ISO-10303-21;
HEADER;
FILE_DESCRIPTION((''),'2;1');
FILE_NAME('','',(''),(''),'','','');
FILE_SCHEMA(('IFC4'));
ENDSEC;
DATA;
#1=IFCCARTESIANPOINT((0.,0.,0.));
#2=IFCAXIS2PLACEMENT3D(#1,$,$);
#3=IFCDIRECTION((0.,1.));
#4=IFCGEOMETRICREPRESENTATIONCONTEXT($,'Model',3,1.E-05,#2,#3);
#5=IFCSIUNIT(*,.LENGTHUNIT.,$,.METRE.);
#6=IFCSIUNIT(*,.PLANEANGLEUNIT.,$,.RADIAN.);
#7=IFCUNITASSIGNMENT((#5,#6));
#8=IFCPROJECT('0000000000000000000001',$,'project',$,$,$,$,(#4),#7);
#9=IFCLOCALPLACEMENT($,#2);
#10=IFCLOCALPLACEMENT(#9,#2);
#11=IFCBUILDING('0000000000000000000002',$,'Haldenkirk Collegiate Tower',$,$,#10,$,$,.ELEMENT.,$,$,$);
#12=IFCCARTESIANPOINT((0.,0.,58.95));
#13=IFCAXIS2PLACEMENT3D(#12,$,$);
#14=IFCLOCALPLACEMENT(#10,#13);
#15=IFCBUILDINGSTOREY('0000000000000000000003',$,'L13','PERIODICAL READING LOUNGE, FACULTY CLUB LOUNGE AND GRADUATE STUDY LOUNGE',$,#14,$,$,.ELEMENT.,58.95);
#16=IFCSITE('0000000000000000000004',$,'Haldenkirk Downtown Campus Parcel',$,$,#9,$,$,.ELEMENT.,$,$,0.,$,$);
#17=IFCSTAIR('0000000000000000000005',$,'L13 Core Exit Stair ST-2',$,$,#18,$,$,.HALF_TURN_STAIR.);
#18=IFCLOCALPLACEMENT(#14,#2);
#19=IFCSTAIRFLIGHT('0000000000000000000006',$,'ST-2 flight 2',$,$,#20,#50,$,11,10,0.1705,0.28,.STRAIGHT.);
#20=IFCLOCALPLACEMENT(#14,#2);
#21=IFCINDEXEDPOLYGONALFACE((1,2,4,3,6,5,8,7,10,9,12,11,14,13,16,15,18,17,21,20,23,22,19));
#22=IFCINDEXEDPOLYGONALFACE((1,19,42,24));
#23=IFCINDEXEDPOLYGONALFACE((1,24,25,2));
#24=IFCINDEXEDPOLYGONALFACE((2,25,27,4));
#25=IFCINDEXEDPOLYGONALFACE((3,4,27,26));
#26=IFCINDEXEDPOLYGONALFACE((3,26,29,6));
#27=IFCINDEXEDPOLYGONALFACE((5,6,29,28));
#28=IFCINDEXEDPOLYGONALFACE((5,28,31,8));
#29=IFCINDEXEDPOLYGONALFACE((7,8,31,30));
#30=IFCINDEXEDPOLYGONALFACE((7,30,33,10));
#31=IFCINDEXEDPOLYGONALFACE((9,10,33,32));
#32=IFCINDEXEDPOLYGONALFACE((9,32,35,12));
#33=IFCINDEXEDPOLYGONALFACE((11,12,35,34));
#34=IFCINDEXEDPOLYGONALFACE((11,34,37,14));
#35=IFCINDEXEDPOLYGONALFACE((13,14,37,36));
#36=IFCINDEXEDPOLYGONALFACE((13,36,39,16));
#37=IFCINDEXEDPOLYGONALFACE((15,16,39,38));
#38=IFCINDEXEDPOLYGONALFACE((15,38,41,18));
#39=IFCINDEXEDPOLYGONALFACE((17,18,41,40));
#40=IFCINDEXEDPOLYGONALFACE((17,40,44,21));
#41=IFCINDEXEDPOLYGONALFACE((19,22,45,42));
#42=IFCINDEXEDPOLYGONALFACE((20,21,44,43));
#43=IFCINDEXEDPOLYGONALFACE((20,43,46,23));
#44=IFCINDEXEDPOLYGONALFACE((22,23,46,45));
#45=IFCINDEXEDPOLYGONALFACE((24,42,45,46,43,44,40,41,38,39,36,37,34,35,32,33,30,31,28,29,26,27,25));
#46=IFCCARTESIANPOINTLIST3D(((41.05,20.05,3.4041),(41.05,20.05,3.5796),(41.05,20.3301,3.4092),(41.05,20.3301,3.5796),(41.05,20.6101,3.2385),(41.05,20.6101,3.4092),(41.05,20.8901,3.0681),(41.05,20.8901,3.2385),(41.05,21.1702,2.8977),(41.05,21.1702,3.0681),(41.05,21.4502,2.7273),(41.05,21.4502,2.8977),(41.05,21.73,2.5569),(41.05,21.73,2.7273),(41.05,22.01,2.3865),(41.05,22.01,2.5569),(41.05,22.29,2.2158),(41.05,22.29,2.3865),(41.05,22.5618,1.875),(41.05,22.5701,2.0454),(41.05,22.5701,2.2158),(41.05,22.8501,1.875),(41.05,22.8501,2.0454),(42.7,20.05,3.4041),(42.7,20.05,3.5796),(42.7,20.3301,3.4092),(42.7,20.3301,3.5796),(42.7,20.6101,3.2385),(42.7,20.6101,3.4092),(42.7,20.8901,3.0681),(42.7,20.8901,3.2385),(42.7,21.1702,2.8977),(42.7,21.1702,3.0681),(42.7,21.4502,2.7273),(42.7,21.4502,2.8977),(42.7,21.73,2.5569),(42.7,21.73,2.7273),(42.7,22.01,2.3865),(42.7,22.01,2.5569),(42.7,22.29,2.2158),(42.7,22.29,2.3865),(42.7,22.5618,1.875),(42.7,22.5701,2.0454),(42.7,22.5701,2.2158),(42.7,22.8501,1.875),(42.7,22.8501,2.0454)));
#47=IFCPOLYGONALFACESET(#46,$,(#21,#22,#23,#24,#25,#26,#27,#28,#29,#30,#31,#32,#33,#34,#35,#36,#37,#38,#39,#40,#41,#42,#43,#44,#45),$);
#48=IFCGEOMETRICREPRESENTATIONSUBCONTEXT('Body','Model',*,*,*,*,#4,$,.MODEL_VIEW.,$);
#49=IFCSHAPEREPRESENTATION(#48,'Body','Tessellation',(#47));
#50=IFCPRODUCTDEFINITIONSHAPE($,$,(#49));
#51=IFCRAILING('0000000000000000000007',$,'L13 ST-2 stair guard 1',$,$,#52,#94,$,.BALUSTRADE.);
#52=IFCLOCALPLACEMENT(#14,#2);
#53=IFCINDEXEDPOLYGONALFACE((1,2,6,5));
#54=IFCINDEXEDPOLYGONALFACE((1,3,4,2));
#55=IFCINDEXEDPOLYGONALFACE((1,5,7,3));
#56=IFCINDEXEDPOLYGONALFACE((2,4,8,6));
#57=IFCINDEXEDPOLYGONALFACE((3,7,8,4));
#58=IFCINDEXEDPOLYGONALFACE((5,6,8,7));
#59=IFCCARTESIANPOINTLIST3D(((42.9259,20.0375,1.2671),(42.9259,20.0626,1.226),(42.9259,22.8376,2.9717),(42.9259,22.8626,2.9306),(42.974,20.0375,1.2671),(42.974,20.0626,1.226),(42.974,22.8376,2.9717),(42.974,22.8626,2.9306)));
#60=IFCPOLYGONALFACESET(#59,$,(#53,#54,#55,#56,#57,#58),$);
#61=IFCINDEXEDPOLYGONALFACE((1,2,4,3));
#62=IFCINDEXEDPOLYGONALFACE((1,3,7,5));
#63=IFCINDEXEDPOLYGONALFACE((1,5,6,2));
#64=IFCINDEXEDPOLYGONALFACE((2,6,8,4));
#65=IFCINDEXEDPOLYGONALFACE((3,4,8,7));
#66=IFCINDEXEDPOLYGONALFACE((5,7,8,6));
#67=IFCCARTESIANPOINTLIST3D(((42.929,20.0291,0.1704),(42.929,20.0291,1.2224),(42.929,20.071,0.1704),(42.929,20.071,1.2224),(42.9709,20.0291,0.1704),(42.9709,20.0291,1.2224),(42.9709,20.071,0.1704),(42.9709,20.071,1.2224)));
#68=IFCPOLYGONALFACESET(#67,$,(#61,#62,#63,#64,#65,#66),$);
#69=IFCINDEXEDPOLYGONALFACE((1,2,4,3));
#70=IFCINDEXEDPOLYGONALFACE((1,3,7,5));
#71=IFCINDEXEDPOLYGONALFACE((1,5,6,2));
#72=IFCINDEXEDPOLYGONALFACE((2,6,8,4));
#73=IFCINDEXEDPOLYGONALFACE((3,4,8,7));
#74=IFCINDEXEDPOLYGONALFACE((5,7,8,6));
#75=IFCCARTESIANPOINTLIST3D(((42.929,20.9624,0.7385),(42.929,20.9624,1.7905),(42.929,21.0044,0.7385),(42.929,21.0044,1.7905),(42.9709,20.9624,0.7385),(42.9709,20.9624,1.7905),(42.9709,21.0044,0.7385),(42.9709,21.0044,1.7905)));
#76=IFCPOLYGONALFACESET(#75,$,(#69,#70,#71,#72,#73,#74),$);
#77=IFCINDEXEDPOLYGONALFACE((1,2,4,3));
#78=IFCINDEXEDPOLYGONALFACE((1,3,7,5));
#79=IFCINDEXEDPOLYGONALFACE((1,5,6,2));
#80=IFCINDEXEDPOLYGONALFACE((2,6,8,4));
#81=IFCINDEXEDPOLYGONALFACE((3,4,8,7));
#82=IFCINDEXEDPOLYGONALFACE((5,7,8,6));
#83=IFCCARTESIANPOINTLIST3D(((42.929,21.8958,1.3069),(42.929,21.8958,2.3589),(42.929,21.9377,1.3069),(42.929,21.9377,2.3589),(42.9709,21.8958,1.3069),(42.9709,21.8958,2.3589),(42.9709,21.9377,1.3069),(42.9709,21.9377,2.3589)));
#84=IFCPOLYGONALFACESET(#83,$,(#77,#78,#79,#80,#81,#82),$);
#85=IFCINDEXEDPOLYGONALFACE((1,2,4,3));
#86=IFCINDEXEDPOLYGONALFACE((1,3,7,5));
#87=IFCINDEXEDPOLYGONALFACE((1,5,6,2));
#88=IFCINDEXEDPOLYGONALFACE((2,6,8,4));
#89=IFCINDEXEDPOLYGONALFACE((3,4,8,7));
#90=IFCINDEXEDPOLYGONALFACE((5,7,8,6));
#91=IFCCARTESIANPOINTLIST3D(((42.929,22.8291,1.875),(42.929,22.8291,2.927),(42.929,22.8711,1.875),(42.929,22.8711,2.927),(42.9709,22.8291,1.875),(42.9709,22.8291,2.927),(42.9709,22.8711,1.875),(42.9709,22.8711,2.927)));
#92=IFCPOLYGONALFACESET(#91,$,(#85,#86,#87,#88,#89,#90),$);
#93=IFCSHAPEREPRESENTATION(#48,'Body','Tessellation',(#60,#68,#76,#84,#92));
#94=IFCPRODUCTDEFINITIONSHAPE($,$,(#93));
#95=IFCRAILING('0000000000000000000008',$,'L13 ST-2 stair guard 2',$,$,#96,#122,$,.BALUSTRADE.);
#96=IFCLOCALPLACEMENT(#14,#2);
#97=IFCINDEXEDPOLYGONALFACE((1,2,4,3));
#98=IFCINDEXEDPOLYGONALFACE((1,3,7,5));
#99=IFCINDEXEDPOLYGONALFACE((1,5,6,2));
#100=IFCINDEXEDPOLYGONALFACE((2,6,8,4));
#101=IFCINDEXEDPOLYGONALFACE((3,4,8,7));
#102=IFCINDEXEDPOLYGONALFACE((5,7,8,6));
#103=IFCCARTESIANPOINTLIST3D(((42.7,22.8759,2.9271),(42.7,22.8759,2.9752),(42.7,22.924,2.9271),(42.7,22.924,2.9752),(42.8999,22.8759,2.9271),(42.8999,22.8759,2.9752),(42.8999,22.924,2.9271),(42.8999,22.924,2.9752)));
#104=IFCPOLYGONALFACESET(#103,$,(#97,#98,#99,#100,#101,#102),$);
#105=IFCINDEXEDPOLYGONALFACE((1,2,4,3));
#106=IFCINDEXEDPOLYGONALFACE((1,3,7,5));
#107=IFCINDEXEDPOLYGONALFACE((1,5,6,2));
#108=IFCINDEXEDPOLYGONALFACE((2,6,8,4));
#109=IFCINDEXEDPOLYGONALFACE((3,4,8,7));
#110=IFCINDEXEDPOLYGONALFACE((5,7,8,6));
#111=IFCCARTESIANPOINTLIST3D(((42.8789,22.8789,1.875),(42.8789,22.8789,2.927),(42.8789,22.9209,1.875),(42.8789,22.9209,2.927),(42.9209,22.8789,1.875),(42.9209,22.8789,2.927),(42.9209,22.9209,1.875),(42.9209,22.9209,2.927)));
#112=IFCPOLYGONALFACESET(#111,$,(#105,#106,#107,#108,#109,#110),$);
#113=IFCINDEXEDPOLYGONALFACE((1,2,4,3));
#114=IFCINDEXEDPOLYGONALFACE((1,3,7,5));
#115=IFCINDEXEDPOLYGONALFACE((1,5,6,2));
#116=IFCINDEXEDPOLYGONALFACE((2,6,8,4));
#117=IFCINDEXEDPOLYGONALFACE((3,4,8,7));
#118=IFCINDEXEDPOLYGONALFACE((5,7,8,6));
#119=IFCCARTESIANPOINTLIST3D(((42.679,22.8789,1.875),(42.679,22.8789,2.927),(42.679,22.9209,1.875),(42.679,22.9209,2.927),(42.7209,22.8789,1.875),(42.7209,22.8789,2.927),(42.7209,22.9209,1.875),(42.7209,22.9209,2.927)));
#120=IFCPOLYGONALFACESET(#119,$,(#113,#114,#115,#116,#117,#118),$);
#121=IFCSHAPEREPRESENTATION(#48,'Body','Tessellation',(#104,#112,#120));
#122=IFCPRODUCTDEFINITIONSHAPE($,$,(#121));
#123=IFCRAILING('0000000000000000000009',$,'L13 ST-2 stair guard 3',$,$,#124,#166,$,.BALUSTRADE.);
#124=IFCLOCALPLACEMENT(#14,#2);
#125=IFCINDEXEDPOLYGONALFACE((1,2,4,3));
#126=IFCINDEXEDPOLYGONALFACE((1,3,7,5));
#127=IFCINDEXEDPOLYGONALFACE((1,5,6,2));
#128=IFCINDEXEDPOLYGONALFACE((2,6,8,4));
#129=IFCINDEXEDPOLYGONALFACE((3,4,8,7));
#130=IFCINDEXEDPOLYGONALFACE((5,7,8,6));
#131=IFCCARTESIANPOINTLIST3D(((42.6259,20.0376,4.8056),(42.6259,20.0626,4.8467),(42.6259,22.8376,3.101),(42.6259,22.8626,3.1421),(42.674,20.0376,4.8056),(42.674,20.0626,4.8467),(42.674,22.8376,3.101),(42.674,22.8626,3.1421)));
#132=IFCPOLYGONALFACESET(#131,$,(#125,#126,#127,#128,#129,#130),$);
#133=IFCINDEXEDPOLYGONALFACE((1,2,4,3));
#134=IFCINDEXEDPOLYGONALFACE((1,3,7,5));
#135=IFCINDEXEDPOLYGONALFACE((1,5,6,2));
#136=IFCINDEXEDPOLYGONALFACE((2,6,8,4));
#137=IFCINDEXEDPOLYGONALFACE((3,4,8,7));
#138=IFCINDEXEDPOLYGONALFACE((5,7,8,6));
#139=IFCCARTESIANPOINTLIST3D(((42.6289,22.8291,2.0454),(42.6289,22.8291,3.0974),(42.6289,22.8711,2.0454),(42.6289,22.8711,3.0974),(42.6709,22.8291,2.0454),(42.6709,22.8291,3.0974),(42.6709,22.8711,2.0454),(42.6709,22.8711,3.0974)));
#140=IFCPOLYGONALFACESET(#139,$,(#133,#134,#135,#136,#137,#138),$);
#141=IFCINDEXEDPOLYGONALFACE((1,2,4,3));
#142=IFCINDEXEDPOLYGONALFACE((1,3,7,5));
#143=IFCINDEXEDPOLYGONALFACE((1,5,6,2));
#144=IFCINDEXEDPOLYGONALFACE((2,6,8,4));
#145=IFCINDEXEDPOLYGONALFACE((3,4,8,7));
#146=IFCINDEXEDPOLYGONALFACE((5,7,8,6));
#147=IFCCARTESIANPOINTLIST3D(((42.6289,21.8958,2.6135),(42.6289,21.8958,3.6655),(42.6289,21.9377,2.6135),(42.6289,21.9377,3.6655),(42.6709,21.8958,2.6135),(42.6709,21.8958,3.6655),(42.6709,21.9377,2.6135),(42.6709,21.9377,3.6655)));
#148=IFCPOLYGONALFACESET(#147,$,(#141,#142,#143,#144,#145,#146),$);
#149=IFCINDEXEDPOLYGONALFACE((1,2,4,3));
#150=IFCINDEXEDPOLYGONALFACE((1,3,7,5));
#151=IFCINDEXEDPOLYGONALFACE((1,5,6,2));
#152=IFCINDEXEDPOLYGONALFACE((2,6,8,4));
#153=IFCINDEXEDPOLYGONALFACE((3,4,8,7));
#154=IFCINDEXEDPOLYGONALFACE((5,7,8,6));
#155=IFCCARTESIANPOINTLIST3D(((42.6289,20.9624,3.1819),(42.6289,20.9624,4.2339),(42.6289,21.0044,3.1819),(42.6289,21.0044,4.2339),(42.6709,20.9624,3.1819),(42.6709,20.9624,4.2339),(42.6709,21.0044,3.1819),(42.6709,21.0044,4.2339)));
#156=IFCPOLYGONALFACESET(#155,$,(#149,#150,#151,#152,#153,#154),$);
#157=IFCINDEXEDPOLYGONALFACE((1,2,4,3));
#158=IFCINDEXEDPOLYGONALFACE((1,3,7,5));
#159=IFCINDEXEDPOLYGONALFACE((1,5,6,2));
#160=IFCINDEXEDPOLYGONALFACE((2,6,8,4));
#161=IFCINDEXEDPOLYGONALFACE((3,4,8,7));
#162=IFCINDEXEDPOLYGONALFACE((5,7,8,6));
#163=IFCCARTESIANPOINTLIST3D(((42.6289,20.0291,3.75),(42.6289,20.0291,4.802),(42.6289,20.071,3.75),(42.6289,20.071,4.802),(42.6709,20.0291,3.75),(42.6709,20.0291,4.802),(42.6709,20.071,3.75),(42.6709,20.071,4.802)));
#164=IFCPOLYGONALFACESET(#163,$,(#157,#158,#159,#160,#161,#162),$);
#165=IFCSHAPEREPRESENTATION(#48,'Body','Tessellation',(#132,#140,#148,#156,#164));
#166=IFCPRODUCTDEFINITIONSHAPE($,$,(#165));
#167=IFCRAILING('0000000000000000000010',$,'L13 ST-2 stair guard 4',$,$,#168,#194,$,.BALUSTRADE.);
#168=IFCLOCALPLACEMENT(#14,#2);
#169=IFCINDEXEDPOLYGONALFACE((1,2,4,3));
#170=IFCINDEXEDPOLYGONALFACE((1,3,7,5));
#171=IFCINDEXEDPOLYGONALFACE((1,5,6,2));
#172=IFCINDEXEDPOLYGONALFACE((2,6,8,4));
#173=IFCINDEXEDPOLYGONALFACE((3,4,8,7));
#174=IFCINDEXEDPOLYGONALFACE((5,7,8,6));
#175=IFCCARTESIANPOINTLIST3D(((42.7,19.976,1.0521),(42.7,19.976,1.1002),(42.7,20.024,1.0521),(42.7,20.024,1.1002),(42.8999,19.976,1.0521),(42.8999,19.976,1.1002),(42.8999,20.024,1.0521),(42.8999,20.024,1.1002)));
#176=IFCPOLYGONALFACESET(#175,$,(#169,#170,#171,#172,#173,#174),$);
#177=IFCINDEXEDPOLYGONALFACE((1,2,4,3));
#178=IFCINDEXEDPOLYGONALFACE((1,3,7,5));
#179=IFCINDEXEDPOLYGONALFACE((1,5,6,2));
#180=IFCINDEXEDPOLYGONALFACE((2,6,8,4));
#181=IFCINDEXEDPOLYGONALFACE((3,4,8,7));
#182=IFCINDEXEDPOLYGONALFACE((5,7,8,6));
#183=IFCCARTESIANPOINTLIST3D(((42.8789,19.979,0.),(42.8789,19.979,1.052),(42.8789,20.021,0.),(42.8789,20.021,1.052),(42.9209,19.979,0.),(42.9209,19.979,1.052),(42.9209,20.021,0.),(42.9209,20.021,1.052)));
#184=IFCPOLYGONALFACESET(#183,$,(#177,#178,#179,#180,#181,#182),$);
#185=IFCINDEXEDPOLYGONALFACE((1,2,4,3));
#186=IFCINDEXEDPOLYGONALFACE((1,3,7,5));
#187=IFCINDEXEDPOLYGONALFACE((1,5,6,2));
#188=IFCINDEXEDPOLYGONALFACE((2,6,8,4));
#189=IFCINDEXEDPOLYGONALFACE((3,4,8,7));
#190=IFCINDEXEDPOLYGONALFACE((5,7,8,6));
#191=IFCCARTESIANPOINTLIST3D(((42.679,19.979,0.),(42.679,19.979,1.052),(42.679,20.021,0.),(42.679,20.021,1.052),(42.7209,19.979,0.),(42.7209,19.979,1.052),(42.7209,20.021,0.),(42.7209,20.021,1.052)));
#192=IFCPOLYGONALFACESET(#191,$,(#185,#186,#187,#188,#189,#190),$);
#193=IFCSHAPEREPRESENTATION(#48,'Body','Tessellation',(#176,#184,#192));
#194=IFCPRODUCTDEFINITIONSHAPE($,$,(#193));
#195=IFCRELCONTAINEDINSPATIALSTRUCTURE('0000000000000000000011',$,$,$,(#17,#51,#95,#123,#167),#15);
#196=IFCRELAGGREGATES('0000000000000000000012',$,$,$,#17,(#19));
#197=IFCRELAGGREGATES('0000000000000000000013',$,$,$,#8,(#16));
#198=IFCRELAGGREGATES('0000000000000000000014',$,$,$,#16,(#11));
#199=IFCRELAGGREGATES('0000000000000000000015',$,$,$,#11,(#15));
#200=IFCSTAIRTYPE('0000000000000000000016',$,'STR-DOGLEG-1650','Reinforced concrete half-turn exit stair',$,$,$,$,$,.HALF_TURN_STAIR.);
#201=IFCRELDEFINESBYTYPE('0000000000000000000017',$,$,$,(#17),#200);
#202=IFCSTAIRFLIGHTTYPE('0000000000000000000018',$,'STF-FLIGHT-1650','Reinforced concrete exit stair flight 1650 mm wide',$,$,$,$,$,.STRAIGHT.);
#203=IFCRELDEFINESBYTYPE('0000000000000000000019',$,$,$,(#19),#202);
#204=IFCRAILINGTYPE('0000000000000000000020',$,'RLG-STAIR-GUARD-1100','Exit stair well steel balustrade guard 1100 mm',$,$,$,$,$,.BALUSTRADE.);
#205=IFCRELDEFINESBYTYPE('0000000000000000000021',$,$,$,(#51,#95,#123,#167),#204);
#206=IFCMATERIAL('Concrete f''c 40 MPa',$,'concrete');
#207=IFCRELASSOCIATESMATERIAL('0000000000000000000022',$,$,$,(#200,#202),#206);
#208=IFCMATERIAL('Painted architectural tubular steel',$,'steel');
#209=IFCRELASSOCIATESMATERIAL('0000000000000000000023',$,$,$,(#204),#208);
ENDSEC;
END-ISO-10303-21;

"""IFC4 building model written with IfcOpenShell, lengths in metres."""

from ifc_helpers import new_model, si_unit, direction, frame, origin, origin_2d, place, context, subcontext, project, spatial, polyline, rectangle, outline, extrude, material, type_object, element, aggregate, save


model = new_model("IFC4")

# Units and contexts
model_context = context("Model", 3, precision=1e-05, world=origin(), true_north=direction((0.0, 1.0)))
body_context = subcontext(model_context, "Body", "Model", "MODEL_VIEW")
ifc_project = project(units=[si_unit("LENGTHUNIT", "METRE"), si_unit("PLANEANGLEUNIT", "RADIAN")], contexts=[model_context])

# Site, building, storey
site_placement = place(None, origin())
site = spatial("IfcSite", under=ifc_project, at=site_placement, Name="Haldenkirk Downtown Campus Parcel", CompositionType="ELEMENT", RefElevation=0.0)
building_placement = place(site_placement, origin())
building = spatial("IfcBuilding", under=site, at=building_placement, Name="Haldenkirk Collegiate Tower", CompositionType="ELEMENT")
storey_placement = place(building_placement, frame((0.0, 0.0, 58.95)))
storey = spatial("IfcBuildingStorey", under=building, at=storey_placement, Name="L13", Description="PERIODICAL READING LOUNGE, FACULTY CLUB LOUNGE AND GRADUATE STUDY LOUNGE", CompositionType="ELEMENT", Elevation=58.95)

# Stair, stair flight
ifc_material_1 = material(Name="Concrete f'c 40 MPa", Category="concrete")
stair_type = type_object("IfcStairType", Name="STR-DOGLEG-1650", Description="Reinforced concrete half-turn exit stair", PredefinedType="HALF_TURN_STAIR", material=ifc_material_1)
stair_placement = place(storey_placement, origin())
stair = element("IfcStair", 1, at=stair_placement, inside=storey, type_object=stair_type, Name="L13 Core Exit Stair ST-2", PredefinedType="HALF_TURN_STAIR")
stair_flight_type = type_object("IfcStairFlightType", Name="STF-FLIGHT-1650", Description="Reinforced concrete exit stair flight 1650 mm wide", PredefinedType="STRAIGHT", material=ifc_material_1)
stair_flight_1_placement = place(storey_placement, frame((41.875, 22.8501, 1.875), z_axis=(0.0, 0.0, 1.0), x_axis=(0.0, -1.0, 0.0)))
stair_flight_1 = element("IfcStairFlight", 2, at=stair_flight_1_placement, type_object=stair_flight_type, Name="ST-2 flight 2", NumberOfRisers=11, NumberOfTreads=10, PredefinedType="STRAIGHT", RiserHeight=0.1705, TreadLength=0.28, context=body_context, shape_type="SweptSolid", body=[
    extrude(outline(polyline([(0.0, 0.0), (0.0, 0.1704), (0.28, 0.1704), (0.28, 0.3408), (0.5601, 0.3408), (0.5601, 0.5115), (0.8401, 0.5115), (0.8401, 0.6819), (1.1201, 0.6819), (1.1201, 0.8523), (1.3999, 0.8523), (1.3999, 1.0227), (1.6799, 1.0227), (1.6799, 1.1931), (1.96, 1.1931), (1.96, 1.3635), (2.24, 1.3635), (2.24, 1.5342), (2.52, 1.5342), (2.52, 1.7046), (2.8, 1.7046), (2.8, 1.875), (2.8, 1.5291), (0.2883, 0.0), (0.0, 0.0)])), frame((0.0, 0.825, 0.0), z_axis=(0.0, -1.0, 0.0), x_axis=(1.0, 0.0, 0.0)), (0.0, 0.0, 1.0), 1.6499),
])
aggregate(stair, [stair_flight_1])

# Railings
ifc_material_2 = material(Name="Painted architectural tubular steel", Category="steel")
railing_type_1 = type_object("IfcRailingType", Name="RLG-STAIR-GUARD-1100", Description="Exit stair well steel balustrade guard 1100 mm", PredefinedType="BALUSTRADE", material=ifc_material_2)
railing_1_placement = place(storey_placement, frame((42.95, 20.05, 0.1704)))
element("IfcRailing", 3, at=railing_1_placement, inside=storey, type_object=railing_type_1, Name="L13 ST-2 stair guard 1", PredefinedType="BALUSTRADE", context=body_context, shape_type="SweptSolid", body=[
    extrude(rectangle(XDim=0.0481, YDim=0.0481, at=origin_2d()), frame((0.0, 0.0, 1.0762), z_axis=(0.0, 0.85417, 0.519994), x_axis=(-1.0, 0.0, 0.0)), (0.0, 0.0, 1.0), 3.2781),
    extrude(rectangle(XDim=0.042, YDim=0.042, at=origin_2d()), origin(), (0.0, 0.0, 1.0), 1.052),
    extrude(rectangle(XDim=0.042, YDim=0.042, at=origin_2d()), frame((0.0, 0.9333, 0.5681)), (0.0, 0.0, 1.0), 1.052),
    extrude(rectangle(XDim=0.042, YDim=0.042, at=origin_2d()), frame((0.0, 1.8667, 1.1365)), (0.0, 0.0, 1.0), 1.052),
    extrude(rectangle(XDim=0.042, YDim=0.042, at=origin_2d()), frame((0.0, 2.8, 1.7046)), (0.0, 0.0, 1.0), 1.052),
])
railing_2_placement = place(storey_placement, frame((42.8999, 22.8999, 1.875)))
element("IfcRailing", 4, at=railing_2_placement, inside=storey, type_object=railing_type_1, Name="L13 ST-2 stair guard 2", PredefinedType="BALUSTRADE", context=body_context, shape_type="SweptSolid", body=[
    extrude(rectangle(XDim=0.0481, YDim=0.0481, at=origin_2d()), frame((0.0, 0.0, 1.0762), z_axis=(-1.0, 0.0, 0.0), x_axis=(0.0, -1.0, 0.0)), (0.0, 0.0, 1.0), 0.2),
    extrude(rectangle(XDim=0.042, YDim=0.042, at=origin_2d()), origin(), (0.0, 0.0, 1.0), 1.052),
    extrude(rectangle(XDim=0.042, YDim=0.042, at=origin_2d()), frame((-0.2, 0.0, 0.0)), (0.0, 0.0, 1.0), 1.052),
])
railing_3_placement = place(storey_placement, frame((42.6499, 22.8501, 2.0454)))
element("IfcRailing", 5, at=railing_3_placement, inside=storey, type_object=railing_type_1, Name="L13 ST-2 stair guard 3", PredefinedType="BALUSTRADE", context=body_context, shape_type="SweptSolid", body=[
    extrude(rectangle(XDim=0.0481, YDim=0.0481, at=origin_2d()), frame((0.0, 0.0, 1.0762), z_axis=(0.0, -0.85417, 0.519994), x_axis=(1.0, 0.0, 0.0)), (0.0, 0.0, 1.0), 3.2781),
    extrude(rectangle(XDim=0.042, YDim=0.042, at=origin_2d()), origin(), (0.0, 0.0, 1.0), 1.052),
    extrude(rectangle(XDim=0.042, YDim=0.042, at=origin_2d()), frame((0.0, -0.9333, 0.5681)), (0.0, 0.0, 1.0), 1.052),
    extrude(rectangle(XDim=0.042, YDim=0.042, at=origin_2d()), frame((0.0, -1.8667, 1.1365)), (0.0, 0.0, 1.0), 1.052),
    extrude(rectangle(XDim=0.042, YDim=0.042, at=origin_2d()), frame((0.0, -2.8, 1.7046)), (0.0, 0.0, 1.0), 1.052),
])
railing_4_placement = place(storey_placement, frame((42.8999, 20.0, 0.0)))
element("IfcRailing", 6, at=railing_4_placement, inside=storey, type_object=railing_type_1, Name="L13 ST-2 stair guard 4", PredefinedType="BALUSTRADE", context=body_context, shape_type="SweptSolid", body=[
    extrude(rectangle(XDim=0.0481, YDim=0.0481, at=origin_2d()), frame((0.0, 0.0, 1.0762), z_axis=(-1.0, 0.0, 0.0), x_axis=(0.0, -1.0, 0.0)), (0.0, 0.0, 1.0), 0.2),
    extrude(rectangle(XDim=0.042, YDim=0.042, at=origin_2d()), origin(), (0.0, 0.0, 1.0), 1.052),
    extrude(rectangle(XDim=0.042, YDim=0.042, at=origin_2d()), frame((-0.2, 0.0, 0.0)), (0.0, 0.0, 1.0), 1.052),
])

save(model, "model.ifc")
